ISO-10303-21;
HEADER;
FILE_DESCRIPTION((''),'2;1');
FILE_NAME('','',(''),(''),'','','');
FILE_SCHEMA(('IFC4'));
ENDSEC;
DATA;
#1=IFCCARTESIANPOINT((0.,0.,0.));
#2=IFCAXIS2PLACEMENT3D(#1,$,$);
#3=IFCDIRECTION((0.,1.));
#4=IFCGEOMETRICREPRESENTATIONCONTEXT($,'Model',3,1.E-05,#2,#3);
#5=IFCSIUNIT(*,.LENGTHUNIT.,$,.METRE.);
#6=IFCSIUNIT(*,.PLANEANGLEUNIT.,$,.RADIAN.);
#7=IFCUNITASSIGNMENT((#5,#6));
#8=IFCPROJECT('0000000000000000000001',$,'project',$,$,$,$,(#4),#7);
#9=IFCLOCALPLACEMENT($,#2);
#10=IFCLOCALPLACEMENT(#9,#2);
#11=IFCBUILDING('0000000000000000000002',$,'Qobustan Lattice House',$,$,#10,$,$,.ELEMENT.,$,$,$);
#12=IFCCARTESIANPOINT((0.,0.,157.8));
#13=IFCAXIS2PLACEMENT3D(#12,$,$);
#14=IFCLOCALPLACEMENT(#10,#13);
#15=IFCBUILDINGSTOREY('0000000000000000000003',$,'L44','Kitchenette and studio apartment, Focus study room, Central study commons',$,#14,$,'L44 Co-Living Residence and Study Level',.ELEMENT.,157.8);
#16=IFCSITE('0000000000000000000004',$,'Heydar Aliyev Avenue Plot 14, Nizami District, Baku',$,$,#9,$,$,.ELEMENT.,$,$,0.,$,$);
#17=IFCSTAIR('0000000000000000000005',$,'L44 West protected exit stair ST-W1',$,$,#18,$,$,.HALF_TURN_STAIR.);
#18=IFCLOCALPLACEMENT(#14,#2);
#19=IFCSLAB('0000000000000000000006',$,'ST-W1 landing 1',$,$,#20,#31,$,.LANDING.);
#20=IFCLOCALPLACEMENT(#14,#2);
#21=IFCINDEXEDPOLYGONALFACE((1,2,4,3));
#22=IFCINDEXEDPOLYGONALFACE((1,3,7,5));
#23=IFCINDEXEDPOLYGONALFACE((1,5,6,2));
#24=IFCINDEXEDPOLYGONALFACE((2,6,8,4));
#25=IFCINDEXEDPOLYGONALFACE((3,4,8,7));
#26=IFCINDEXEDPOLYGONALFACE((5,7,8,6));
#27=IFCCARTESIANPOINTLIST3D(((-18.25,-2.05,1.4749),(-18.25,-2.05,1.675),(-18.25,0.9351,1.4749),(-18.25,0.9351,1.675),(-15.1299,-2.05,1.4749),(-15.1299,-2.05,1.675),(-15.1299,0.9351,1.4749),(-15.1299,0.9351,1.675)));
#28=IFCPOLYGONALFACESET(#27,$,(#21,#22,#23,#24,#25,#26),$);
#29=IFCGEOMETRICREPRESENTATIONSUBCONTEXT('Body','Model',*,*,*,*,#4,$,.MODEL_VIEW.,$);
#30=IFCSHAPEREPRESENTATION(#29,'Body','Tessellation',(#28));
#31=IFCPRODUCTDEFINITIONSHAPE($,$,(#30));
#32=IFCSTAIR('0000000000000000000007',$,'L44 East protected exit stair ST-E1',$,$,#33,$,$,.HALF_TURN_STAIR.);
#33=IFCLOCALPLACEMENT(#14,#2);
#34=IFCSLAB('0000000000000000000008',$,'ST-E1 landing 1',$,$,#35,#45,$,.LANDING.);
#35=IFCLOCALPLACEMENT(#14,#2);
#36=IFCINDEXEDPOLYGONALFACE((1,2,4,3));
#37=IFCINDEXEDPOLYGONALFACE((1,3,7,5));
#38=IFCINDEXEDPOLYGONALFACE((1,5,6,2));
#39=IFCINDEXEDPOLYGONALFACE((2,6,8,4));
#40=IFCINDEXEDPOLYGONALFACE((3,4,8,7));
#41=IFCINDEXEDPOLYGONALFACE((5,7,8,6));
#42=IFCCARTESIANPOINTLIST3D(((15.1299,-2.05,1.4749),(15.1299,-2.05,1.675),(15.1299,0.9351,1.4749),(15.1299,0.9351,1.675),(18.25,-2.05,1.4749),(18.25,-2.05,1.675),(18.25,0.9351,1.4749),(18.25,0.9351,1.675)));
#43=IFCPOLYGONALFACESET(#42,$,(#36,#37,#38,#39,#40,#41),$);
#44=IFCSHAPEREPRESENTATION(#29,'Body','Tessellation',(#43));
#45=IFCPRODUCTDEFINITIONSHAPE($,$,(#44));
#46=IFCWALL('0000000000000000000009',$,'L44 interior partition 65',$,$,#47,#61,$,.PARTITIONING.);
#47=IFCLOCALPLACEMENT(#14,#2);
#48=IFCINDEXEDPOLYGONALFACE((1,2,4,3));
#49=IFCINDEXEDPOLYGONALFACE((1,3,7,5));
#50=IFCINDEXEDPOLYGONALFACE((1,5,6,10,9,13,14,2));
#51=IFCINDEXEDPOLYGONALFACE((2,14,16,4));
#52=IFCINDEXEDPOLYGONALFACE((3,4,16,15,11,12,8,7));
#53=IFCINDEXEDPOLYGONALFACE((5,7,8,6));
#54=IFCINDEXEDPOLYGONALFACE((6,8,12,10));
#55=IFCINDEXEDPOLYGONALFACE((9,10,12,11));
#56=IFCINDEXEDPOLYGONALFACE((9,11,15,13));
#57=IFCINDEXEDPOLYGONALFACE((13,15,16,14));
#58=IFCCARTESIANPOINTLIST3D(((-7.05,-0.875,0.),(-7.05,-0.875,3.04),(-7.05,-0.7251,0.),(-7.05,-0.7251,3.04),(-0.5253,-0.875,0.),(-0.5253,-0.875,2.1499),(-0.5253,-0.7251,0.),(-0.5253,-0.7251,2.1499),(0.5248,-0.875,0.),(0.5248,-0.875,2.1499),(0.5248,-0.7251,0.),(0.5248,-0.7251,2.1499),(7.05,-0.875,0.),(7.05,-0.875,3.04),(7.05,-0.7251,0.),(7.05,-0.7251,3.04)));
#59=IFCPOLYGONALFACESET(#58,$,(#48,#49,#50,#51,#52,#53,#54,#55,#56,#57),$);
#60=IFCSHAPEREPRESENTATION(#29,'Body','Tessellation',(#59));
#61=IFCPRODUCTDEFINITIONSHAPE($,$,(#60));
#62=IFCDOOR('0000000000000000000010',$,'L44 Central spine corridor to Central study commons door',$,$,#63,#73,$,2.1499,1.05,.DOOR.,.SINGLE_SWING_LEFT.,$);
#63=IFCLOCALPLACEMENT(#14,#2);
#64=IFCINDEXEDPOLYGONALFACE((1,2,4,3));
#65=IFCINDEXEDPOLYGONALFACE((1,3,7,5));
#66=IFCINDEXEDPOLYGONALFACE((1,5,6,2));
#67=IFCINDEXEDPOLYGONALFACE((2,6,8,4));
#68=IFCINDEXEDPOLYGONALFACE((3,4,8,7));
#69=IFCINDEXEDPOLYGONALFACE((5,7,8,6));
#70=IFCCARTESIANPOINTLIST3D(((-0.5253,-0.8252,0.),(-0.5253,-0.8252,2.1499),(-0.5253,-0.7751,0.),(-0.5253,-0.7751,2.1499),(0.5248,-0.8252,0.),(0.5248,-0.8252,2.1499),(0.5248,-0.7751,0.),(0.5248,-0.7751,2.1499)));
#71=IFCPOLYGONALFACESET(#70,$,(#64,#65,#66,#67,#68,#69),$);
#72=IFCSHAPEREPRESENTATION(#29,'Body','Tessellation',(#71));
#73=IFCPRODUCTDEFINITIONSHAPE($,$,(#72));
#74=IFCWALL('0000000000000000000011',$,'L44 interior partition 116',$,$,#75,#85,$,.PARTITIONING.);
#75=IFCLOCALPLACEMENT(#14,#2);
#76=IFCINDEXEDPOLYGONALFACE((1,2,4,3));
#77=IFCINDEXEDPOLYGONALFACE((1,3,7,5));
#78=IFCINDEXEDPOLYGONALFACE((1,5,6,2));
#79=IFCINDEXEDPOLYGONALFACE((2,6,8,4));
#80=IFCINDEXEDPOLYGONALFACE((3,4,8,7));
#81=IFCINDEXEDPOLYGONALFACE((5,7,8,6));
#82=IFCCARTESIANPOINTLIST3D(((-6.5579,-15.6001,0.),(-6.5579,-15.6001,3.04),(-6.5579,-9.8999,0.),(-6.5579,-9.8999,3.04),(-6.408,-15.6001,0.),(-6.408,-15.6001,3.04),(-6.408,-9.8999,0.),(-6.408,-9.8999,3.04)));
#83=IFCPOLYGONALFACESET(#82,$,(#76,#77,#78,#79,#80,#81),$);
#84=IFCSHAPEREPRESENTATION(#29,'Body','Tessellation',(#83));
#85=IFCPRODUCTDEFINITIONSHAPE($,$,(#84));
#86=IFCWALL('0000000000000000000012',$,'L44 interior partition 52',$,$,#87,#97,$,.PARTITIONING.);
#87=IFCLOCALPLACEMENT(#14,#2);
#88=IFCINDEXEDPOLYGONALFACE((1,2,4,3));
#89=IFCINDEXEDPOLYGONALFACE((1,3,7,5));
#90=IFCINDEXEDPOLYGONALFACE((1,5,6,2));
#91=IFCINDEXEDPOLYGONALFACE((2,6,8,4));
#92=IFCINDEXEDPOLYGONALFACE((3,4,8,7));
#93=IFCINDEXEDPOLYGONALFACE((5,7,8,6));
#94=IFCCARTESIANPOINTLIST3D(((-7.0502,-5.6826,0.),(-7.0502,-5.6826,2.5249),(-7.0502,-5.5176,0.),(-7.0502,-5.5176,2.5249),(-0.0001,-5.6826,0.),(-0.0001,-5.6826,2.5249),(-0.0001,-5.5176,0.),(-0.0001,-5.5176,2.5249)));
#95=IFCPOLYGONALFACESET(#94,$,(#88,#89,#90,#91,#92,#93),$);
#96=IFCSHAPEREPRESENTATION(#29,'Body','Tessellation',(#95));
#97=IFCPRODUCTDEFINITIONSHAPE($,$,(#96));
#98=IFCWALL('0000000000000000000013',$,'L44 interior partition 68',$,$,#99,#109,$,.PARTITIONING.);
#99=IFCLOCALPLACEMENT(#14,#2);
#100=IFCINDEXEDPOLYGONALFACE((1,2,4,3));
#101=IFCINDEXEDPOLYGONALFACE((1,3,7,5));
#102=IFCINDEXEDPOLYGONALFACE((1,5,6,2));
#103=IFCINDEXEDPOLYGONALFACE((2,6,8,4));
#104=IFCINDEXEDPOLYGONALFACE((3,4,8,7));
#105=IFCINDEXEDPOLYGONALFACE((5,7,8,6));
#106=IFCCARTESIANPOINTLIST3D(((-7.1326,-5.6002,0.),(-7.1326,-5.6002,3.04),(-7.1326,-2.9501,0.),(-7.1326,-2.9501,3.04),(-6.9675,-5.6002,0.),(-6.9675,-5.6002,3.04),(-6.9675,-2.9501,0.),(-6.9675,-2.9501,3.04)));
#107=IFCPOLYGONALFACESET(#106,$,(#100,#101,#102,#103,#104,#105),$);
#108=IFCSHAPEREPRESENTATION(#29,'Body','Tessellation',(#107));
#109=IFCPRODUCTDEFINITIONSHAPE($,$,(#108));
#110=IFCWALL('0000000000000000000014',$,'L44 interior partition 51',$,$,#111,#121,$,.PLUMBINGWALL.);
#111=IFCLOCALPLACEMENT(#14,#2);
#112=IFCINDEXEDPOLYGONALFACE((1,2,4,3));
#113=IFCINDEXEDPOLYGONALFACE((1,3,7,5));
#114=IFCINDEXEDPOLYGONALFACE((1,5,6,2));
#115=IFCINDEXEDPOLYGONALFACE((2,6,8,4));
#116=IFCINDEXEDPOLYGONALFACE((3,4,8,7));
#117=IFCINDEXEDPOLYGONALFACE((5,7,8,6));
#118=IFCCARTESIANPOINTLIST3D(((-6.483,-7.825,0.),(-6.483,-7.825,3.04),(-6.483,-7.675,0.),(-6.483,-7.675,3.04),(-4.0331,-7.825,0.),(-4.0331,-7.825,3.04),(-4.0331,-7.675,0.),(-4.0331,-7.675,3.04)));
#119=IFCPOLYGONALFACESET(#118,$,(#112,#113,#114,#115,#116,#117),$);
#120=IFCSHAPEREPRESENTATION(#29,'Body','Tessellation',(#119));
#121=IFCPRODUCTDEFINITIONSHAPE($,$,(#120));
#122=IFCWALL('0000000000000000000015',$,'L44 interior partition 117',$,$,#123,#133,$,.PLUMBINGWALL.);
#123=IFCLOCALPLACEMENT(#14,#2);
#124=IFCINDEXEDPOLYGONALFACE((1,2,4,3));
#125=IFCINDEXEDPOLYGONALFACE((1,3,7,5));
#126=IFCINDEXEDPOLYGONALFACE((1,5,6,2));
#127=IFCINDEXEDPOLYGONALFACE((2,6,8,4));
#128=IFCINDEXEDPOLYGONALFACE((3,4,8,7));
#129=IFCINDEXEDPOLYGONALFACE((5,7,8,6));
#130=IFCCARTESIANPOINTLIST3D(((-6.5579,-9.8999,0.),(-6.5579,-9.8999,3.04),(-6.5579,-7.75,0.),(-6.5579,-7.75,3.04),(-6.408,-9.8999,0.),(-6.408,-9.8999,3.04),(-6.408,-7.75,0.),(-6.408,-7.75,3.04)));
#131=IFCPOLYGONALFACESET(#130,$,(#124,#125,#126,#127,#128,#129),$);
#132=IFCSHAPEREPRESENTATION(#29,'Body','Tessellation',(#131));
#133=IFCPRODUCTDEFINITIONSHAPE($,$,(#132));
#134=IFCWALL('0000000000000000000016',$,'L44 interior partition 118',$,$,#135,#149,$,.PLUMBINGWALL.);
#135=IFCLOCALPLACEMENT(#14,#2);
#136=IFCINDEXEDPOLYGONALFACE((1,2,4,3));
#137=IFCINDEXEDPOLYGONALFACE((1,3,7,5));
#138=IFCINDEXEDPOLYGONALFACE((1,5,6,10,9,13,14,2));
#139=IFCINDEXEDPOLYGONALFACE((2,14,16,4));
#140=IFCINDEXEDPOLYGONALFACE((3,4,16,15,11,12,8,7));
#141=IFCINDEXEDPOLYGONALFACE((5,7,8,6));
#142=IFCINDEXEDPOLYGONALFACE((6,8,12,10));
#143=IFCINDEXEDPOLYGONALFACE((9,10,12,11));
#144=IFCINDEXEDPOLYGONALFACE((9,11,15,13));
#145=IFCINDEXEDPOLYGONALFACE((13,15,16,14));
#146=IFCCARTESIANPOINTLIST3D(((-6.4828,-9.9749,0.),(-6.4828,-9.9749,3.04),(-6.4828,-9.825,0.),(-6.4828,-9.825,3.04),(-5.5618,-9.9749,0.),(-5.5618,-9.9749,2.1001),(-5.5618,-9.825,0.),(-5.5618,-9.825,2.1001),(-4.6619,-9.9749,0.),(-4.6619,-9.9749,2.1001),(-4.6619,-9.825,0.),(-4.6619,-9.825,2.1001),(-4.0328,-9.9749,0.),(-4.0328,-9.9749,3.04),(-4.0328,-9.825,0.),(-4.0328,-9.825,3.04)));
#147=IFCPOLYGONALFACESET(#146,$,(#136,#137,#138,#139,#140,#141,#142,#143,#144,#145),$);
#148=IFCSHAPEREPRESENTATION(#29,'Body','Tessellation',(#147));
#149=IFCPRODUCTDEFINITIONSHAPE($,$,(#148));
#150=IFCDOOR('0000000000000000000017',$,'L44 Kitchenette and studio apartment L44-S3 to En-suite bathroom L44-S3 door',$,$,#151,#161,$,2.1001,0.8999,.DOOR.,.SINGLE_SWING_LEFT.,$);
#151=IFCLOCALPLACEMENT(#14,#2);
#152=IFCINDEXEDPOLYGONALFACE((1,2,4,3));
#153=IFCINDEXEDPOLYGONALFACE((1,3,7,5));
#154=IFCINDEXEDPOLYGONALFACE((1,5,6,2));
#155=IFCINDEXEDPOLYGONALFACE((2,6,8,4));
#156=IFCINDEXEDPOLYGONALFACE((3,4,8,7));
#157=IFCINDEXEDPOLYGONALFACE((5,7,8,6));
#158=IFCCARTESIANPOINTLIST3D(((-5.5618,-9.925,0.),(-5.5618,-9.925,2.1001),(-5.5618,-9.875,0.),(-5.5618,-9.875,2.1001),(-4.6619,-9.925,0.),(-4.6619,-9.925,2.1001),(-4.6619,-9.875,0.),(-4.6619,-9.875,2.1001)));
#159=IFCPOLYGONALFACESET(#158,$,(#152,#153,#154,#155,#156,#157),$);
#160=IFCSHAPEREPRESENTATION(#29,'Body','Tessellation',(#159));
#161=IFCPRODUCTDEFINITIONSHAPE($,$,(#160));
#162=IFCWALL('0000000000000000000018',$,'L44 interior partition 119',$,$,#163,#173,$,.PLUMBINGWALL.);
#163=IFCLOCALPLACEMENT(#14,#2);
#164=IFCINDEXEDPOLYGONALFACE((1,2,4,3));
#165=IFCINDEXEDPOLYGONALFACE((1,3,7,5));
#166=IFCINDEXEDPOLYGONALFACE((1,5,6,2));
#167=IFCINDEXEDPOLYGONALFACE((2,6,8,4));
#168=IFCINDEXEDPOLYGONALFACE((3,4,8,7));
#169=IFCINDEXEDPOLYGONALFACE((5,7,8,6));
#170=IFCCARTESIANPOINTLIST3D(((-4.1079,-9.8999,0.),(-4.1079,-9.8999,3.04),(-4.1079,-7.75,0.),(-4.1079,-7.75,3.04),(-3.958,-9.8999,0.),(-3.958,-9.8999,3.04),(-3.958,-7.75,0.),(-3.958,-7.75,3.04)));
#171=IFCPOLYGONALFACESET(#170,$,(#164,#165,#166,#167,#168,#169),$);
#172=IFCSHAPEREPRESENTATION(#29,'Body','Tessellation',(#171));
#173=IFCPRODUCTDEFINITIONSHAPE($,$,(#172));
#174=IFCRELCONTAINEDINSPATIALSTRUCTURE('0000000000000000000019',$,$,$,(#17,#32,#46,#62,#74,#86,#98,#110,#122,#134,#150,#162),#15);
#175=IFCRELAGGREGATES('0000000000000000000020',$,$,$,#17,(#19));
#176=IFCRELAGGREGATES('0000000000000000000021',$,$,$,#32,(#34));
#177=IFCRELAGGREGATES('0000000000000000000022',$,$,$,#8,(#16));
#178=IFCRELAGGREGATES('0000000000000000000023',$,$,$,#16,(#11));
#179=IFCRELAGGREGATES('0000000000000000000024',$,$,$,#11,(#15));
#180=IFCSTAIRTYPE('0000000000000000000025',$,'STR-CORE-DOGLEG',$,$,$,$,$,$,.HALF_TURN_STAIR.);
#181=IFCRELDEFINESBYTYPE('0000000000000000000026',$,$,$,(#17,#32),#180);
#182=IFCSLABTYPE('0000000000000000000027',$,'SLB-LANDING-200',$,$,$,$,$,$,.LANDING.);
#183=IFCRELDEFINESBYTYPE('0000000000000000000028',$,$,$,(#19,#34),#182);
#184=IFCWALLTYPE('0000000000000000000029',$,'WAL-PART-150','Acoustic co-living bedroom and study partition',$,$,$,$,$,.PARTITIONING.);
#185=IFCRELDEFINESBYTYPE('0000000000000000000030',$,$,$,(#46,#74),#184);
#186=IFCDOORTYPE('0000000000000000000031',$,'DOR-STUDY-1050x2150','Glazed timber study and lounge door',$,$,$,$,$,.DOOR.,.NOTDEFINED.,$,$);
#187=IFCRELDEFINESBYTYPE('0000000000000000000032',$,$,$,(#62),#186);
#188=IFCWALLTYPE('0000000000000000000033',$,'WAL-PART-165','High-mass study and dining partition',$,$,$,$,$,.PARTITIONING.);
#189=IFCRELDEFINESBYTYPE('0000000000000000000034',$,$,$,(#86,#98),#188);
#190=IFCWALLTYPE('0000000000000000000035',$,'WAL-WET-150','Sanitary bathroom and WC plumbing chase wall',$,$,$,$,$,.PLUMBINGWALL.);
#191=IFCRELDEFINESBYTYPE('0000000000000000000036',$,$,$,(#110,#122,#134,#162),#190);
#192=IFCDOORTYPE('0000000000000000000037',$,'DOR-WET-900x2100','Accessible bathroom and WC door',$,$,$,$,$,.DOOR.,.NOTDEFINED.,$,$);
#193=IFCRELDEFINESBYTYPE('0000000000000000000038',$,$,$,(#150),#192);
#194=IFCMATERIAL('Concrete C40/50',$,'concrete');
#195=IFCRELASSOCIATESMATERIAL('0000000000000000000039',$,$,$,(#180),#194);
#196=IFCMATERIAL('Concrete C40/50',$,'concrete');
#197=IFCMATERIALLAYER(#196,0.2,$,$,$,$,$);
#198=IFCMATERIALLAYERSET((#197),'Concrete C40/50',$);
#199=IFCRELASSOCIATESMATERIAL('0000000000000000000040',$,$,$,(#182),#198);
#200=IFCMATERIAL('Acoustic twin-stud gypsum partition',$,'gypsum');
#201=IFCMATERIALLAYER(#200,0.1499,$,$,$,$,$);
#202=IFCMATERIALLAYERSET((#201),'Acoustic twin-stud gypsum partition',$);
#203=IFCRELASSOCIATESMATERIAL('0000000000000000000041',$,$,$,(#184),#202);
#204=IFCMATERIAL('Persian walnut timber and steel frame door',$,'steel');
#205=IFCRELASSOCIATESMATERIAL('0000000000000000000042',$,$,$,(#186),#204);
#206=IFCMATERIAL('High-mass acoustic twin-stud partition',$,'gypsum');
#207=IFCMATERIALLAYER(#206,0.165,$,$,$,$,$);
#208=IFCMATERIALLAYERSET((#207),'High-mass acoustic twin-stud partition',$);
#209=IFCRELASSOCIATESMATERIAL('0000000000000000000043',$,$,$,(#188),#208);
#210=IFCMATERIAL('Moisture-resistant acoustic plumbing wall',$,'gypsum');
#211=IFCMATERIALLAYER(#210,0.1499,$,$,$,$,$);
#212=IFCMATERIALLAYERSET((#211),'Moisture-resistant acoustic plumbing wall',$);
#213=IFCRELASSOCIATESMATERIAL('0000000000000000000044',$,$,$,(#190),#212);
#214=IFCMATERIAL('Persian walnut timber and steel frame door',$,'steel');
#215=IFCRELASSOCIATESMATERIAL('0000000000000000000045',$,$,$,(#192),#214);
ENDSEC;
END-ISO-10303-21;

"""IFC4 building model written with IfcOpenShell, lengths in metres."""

from ifc_helpers import new_model, si_unit, direction, frame, frame_2d, origin, place, context, subcontext, project, spatial, polyline, rectangle, outline, extrude, material, layer, layer_set, type_object, element, fill, aggregate, save


model = new_model("IFC4")

# Units and contexts
model_context = context("Model", 3, precision=1e-05, world=origin(), true_north=direction((0.0, 1.0)))
body_context = subcontext(model_context, "Body", "Model", "MODEL_VIEW")
ifc_project = project(units=[si_unit("LENGTHUNIT", "METRE"), si_unit("PLANEANGLEUNIT", "RADIAN")], contexts=[model_context])

# Site, building, storey
site_placement = place(None, origin())
site = spatial("IfcSite", under=ifc_project, at=site_placement, Name="Heydar Aliyev Avenue Plot 14, Nizami District, Baku", CompositionType="ELEMENT", RefElevation=0.0)
building_placement = place(site_placement, origin())
building = spatial("IfcBuilding", under=site, at=building_placement, Name="Qobustan Lattice House", CompositionType="ELEMENT")
storey_placement = place(building_placement, frame((0.0, 0.0, 157.8)))
storey = spatial("IfcBuildingStorey", under=building, at=storey_placement, Name="L44", Description="Kitchenette and studio apartment, Focus study room, Central study commons", LongName="L44 Co-Living Residence and Study Level", CompositionType="ELEMENT", Elevation=157.8)

# Stairs, slabs
ifc_material_1 = material(Name="Concrete C40/50", Category="concrete")
stair_type = type_object("IfcStairType", Name="STR-CORE-DOGLEG", PredefinedType="HALF_TURN_STAIR", material=ifc_material_1)
stair_1_placement = place(storey_placement, origin())
stair_1 = element("IfcStair", 1, at=stair_1_placement, inside=storey, type_object=stair_type, Name="L44 West protected exit stair ST-W1", PredefinedType="HALF_TURN_STAIR")
ifc_material_2 = material(Name="Concrete C40/50", Category="concrete")
ifc_layer_1 = layer(ifc_material_2, 0.2)
ifc_layer_set_1 = layer_set([ifc_layer_1], Name="Concrete C40/50")
slab_type_1 = type_object("IfcSlabType", Name="SLB-LANDING-200", PredefinedType="LANDING", material=ifc_layer_set_1)
slab_1_placement = place(storey_placement, frame((0.0, 0.0, 1.4749)))
slab_1 = element("IfcSlab", 2, at=slab_1_placement, type_object=slab_type_1, Name="ST-W1 landing 1", PredefinedType="LANDING", context=body_context, shape_type="SweptSolid", body=[
    extrude(outline(polyline([(-18.25, 0.9351), (-18.25, -2.05), (-15.1299, -2.05), (-15.1299, 0.9351), (-18.25, 0.9351)])), origin(), (0.0, 0.0, 1.0), 0.2002),
])
aggregate(stair_1, [slab_1])
stair_2_placement = place(storey_placement, origin())
stair_2 = element("IfcStair", 3, at=stair_2_placement, inside=storey, type_object=stair_type, Name="L44 East protected exit stair ST-E1", PredefinedType="HALF_TURN_STAIR")
slab_2_placement = place(storey_placement, frame((0.0, 0.0, 1.4749)))
slab_2 = element("IfcSlab", 4, at=slab_2_placement, type_object=slab_type_1, Name="ST-E1 landing 1", PredefinedType="LANDING", context=body_context, shape_type="SweptSolid", body=[
    extrude(outline(polyline([(15.1299, 0.9351), (15.1299, -2.05), (18.25, -2.05), (18.25, 0.9351), (15.1299, 0.9351)])), origin(), (0.0, 0.0, 1.0), 0.2002),
])
aggregate(stair_2, [slab_2])

# Wall, opening, door
ifc_material_3 = material(Name="Acoustic twin-stud gypsum partition", Category="gypsum")
ifc_layer_2 = layer(ifc_material_3, 0.1499)
ifc_layer_set_2 = layer_set([ifc_layer_2], Name="Acoustic twin-stud gypsum partition")
wall_type_1 = type_object("IfcWallType", Name="WAL-PART-150", Description="Acoustic co-living bedroom and study partition", PredefinedType="PARTITIONING", material=ifc_layer_set_2)
wall_1_placement = place(storey_placement, frame((-7.05, -0.8, 0.0), z_axis=(0.0, 0.0, 1.0), x_axis=(1.0, 0.0, 0.0)))
wall_1 = element("IfcWall", 5, at=wall_1_placement, inside=storey, type_object=wall_type_1, Name="L44 interior partition 65", PredefinedType="PARTITIONING", context=body_context, shape_type="SweptSolid", body=[
    extrude(rectangle(XDim=14.1001, YDim=0.1499, at=frame_2d((7.05, 0.0))), origin(), (0.0, 0.0, 1.0), 3.04),
])
opening_1_placement = place(wall_1_placement, frame((6.5249, 0.0, 0.0)))
opening_1 = element("IfcOpeningElement", 6, at=opening_1_placement, cuts=wall_1, PredefinedType="OPENING", context=body_context, shape_type="SweptSolid", body=[
    extrude(rectangle(XDim=1.05, YDim=2.1499, at=frame_2d((0.5249, 1.075))), frame((0.0, 0.085, 0.0), z_axis=(0.0, -1.0, 0.0), x_axis=(1.0, 0.0, 0.0)), (0.0, 0.0, 1.0), 0.1699),
])
ifc_material_4 = material(Name="Persian walnut timber and steel frame door", Category="steel")
door_type_1 = type_object("IfcDoorType", Name="DOR-STUDY-1050x2150", Description="Glazed timber study and lounge door", OperationType="NOTDEFINED", PredefinedType="DOOR", material=ifc_material_4)
door_1_placement = place(opening_1_placement, origin())
door_1 = element("IfcDoor", 7, at=door_1_placement, inside=storey, type_object=door_type_1, Name="L44 Central spine corridor to Central study commons door", OperationType="SINGLE_SWING_LEFT", OverallHeight=2.1499, OverallWidth=1.05, PredefinedType="DOOR", context=body_context, shape_type="SweptSolid", body=[
    extrude(rectangle(XDim=1.05, YDim=2.1499, at=frame_2d((0.5249, 1.075))), frame((0.0, 0.0249, 0.0), z_axis=(0.0, -1.0, 0.0), x_axis=(1.0, 0.0, 0.0)), (0.0, 0.0, 1.0), 0.05),
])
fill(opening_1, door_1)

# Walls
wall_2_placement = place(storey_placement, frame((-6.4829, -9.8999, 0.0), z_axis=(0.0, 0.0, 1.0), x_axis=(0.0, -1.0, 0.0)))
element("IfcWall", 8, at=wall_2_placement, inside=storey, type_object=wall_type_1, Name="L44 interior partition 116", PredefinedType="PARTITIONING", context=body_context, shape_type="SweptSolid", body=[
    extrude(rectangle(XDim=5.7002, YDim=0.1499, at=frame_2d((2.8501, 0.0))), origin(), (0.0, 0.0, 1.0), 3.04),
])
ifc_material_5 = material(Name="High-mass acoustic twin-stud partition", Category="gypsum")
ifc_layer_3 = layer(ifc_material_5, 0.165)
ifc_layer_set_3 = layer_set([ifc_layer_3], Name="High-mass acoustic twin-stud partition")
wall_type_2 = type_object("IfcWallType", Name="WAL-PART-165", Description="High-mass study and dining partition", PredefinedType="PARTITIONING", material=ifc_layer_set_3)
wall_3_placement = place(storey_placement, frame((-7.05, -5.6001, 0.0), z_axis=(0.0, 0.0, 1.0), x_axis=(1.0, 0.0, 0.0)))
element("IfcWall", 9, at=wall_3_placement, inside=storey, type_object=wall_type_2, Name="L44 interior partition 52", PredefinedType="PARTITIONING", context=body_context, shape_type="SweptSolid", body=[
    extrude(rectangle(XDim=7.05, YDim=0.165, at=frame_2d((3.5249, 0.0))), origin(), (0.0, 0.0, 1.0), 2.5249),
])
wall_4_placement = place(storey_placement, frame((-7.05, -2.95, 0.0), z_axis=(0.0, 0.0, 1.0), x_axis=(0.0, -1.0, 0.0)))
element("IfcWall", 10, at=wall_4_placement, inside=storey, type_object=wall_type_2, Name="L44 interior partition 68", PredefinedType="PARTITIONING", context=body_context, shape_type="SweptSolid", body=[
    extrude(rectangle(XDim=2.6501, YDim=0.165, at=frame_2d((1.3252, 0.0))), origin(), (0.0, 0.0, 1.0), 3.04),
])
ifc_material_6 = material(Name="Moisture-resistant acoustic plumbing wall", Category="gypsum")
ifc_layer_4 = layer(ifc_material_6, 0.1499)
ifc_layer_set_4 = layer_set([ifc_layer_4], Name="Moisture-resistant acoustic plumbing wall")
wall_type_3 = type_object("IfcWallType", Name="WAL-WET-150", Description="Sanitary bathroom and WC plumbing chase wall", PredefinedType="PLUMBINGWALL", material=ifc_layer_set_4)
wall_5_placement = place(storey_placement, frame((-4.033, -7.75, 0.0), z_axis=(0.0, 0.0, 1.0), x_axis=(-1.0, 0.0, 0.0)))
element("IfcWall", 11, at=wall_5_placement, inside=storey, type_object=wall_type_3, Name="L44 interior partition 51", PredefinedType="PLUMBINGWALL", context=body_context, shape_type="SweptSolid", body=[
    extrude(rectangle(XDim=2.45, YDim=0.1499, at=frame_2d((1.2251, 0.0))), origin(), (0.0, 0.0, 1.0), 3.04),
])
wall_6_placement = place(storey_placement, frame((-6.4829, -7.75, 0.0), z_axis=(0.0, 0.0, 1.0), x_axis=(0.0, -1.0, 0.0)))
element("IfcWall", 12, at=wall_6_placement, inside=storey, type_object=wall_type_3, Name="L44 interior partition 117", PredefinedType="PLUMBINGWALL", context=body_context, shape_type="SweptSolid", body=[
    extrude(rectangle(XDim=2.1499, YDim=0.1499, at=frame_2d((1.075, 0.0))), origin(), (0.0, 0.0, 1.0), 3.04),
])

# Wall, opening, door
wall_7_placement = place(storey_placement, frame((-6.4829, -9.8999, 0.0), z_axis=(0.0, 0.0, 1.0), x_axis=(1.0, 0.0, 0.0)))
wall_7 = element("IfcWall", 13, at=wall_7_placement, inside=storey, type_object=wall_type_3, Name="L44 interior partition 118", PredefinedType="PLUMBINGWALL", context=body_context, shape_type="SweptSolid", body=[
    extrude(rectangle(XDim=2.45, YDim=0.1499, at=frame_2d((1.2251, 0.0))), origin(), (0.0, 0.0, 1.0), 3.04),
])
opening_2_placement = place(wall_7_placement, frame((0.9211, 0.0, 0.0)))
opening_2 = element("IfcOpeningElement", 14, at=opening_2_placement, cuts=wall_7, PredefinedType="OPENING", context=body_context, shape_type="SweptSolid", body=[
    extrude(rectangle(XDim=0.8999, YDim=2.1001, at=frame_2d((0.45, 1.05))), frame((0.0, 0.085, 0.0), z_axis=(0.0, -1.0, 0.0), x_axis=(1.0, 0.0, 0.0)), (0.0, 0.0, 1.0), 0.1699),
])
ifc_material_7 = material(Name="Persian walnut timber and steel frame door", Category="steel")
door_type_2 = type_object("IfcDoorType", Name="DOR-WET-900x2100", Description="Accessible bathroom and WC door", OperationType="NOTDEFINED", PredefinedType="DOOR", material=ifc_material_7)
door_2_placement = place(opening_2_placement, origin())
door_2 = element("IfcDoor", 15, at=door_2_placement, inside=storey, type_object=door_type_2, Name="L44 Kitchenette and studio apartment L44-S3 to En-suite bathroom L44-S3 door", OperationType="SINGLE_SWING_LEFT", OverallHeight=2.1001, OverallWidth=0.8999, PredefinedType="DOOR", context=body_context, shape_type="SweptSolid", body=[
    extrude(rectangle(XDim=0.8999, YDim=2.1001, at=frame_2d((0.45, 1.05))), frame((0.0, 0.0249, 0.0), z_axis=(0.0, -1.0, 0.0), x_axis=(1.0, 0.0, 0.0)), (0.0, 0.0, 1.0), 0.05),
])
fill(opening_2, door_2)

# Wall
wall_8_placement = place(storey_placement, frame((-4.033, -9.8999, 0.0), z_axis=(0.0, 0.0, 1.0), x_axis=(0.0, 1.0, 0.0)))
element("IfcWall", 16, at=wall_8_placement, inside=storey, type_object=wall_type_3, Name="L44 interior partition 119", PredefinedType="PLUMBINGWALL", context=body_context, shape_type="SweptSolid", body=[
    extrude(rectangle(XDim=2.1499, YDim=0.1499, at=frame_2d((1.075, 0.0))), origin(), (0.0, 0.0, 1.0), 3.04),
])

save(model, "model.ifc")
